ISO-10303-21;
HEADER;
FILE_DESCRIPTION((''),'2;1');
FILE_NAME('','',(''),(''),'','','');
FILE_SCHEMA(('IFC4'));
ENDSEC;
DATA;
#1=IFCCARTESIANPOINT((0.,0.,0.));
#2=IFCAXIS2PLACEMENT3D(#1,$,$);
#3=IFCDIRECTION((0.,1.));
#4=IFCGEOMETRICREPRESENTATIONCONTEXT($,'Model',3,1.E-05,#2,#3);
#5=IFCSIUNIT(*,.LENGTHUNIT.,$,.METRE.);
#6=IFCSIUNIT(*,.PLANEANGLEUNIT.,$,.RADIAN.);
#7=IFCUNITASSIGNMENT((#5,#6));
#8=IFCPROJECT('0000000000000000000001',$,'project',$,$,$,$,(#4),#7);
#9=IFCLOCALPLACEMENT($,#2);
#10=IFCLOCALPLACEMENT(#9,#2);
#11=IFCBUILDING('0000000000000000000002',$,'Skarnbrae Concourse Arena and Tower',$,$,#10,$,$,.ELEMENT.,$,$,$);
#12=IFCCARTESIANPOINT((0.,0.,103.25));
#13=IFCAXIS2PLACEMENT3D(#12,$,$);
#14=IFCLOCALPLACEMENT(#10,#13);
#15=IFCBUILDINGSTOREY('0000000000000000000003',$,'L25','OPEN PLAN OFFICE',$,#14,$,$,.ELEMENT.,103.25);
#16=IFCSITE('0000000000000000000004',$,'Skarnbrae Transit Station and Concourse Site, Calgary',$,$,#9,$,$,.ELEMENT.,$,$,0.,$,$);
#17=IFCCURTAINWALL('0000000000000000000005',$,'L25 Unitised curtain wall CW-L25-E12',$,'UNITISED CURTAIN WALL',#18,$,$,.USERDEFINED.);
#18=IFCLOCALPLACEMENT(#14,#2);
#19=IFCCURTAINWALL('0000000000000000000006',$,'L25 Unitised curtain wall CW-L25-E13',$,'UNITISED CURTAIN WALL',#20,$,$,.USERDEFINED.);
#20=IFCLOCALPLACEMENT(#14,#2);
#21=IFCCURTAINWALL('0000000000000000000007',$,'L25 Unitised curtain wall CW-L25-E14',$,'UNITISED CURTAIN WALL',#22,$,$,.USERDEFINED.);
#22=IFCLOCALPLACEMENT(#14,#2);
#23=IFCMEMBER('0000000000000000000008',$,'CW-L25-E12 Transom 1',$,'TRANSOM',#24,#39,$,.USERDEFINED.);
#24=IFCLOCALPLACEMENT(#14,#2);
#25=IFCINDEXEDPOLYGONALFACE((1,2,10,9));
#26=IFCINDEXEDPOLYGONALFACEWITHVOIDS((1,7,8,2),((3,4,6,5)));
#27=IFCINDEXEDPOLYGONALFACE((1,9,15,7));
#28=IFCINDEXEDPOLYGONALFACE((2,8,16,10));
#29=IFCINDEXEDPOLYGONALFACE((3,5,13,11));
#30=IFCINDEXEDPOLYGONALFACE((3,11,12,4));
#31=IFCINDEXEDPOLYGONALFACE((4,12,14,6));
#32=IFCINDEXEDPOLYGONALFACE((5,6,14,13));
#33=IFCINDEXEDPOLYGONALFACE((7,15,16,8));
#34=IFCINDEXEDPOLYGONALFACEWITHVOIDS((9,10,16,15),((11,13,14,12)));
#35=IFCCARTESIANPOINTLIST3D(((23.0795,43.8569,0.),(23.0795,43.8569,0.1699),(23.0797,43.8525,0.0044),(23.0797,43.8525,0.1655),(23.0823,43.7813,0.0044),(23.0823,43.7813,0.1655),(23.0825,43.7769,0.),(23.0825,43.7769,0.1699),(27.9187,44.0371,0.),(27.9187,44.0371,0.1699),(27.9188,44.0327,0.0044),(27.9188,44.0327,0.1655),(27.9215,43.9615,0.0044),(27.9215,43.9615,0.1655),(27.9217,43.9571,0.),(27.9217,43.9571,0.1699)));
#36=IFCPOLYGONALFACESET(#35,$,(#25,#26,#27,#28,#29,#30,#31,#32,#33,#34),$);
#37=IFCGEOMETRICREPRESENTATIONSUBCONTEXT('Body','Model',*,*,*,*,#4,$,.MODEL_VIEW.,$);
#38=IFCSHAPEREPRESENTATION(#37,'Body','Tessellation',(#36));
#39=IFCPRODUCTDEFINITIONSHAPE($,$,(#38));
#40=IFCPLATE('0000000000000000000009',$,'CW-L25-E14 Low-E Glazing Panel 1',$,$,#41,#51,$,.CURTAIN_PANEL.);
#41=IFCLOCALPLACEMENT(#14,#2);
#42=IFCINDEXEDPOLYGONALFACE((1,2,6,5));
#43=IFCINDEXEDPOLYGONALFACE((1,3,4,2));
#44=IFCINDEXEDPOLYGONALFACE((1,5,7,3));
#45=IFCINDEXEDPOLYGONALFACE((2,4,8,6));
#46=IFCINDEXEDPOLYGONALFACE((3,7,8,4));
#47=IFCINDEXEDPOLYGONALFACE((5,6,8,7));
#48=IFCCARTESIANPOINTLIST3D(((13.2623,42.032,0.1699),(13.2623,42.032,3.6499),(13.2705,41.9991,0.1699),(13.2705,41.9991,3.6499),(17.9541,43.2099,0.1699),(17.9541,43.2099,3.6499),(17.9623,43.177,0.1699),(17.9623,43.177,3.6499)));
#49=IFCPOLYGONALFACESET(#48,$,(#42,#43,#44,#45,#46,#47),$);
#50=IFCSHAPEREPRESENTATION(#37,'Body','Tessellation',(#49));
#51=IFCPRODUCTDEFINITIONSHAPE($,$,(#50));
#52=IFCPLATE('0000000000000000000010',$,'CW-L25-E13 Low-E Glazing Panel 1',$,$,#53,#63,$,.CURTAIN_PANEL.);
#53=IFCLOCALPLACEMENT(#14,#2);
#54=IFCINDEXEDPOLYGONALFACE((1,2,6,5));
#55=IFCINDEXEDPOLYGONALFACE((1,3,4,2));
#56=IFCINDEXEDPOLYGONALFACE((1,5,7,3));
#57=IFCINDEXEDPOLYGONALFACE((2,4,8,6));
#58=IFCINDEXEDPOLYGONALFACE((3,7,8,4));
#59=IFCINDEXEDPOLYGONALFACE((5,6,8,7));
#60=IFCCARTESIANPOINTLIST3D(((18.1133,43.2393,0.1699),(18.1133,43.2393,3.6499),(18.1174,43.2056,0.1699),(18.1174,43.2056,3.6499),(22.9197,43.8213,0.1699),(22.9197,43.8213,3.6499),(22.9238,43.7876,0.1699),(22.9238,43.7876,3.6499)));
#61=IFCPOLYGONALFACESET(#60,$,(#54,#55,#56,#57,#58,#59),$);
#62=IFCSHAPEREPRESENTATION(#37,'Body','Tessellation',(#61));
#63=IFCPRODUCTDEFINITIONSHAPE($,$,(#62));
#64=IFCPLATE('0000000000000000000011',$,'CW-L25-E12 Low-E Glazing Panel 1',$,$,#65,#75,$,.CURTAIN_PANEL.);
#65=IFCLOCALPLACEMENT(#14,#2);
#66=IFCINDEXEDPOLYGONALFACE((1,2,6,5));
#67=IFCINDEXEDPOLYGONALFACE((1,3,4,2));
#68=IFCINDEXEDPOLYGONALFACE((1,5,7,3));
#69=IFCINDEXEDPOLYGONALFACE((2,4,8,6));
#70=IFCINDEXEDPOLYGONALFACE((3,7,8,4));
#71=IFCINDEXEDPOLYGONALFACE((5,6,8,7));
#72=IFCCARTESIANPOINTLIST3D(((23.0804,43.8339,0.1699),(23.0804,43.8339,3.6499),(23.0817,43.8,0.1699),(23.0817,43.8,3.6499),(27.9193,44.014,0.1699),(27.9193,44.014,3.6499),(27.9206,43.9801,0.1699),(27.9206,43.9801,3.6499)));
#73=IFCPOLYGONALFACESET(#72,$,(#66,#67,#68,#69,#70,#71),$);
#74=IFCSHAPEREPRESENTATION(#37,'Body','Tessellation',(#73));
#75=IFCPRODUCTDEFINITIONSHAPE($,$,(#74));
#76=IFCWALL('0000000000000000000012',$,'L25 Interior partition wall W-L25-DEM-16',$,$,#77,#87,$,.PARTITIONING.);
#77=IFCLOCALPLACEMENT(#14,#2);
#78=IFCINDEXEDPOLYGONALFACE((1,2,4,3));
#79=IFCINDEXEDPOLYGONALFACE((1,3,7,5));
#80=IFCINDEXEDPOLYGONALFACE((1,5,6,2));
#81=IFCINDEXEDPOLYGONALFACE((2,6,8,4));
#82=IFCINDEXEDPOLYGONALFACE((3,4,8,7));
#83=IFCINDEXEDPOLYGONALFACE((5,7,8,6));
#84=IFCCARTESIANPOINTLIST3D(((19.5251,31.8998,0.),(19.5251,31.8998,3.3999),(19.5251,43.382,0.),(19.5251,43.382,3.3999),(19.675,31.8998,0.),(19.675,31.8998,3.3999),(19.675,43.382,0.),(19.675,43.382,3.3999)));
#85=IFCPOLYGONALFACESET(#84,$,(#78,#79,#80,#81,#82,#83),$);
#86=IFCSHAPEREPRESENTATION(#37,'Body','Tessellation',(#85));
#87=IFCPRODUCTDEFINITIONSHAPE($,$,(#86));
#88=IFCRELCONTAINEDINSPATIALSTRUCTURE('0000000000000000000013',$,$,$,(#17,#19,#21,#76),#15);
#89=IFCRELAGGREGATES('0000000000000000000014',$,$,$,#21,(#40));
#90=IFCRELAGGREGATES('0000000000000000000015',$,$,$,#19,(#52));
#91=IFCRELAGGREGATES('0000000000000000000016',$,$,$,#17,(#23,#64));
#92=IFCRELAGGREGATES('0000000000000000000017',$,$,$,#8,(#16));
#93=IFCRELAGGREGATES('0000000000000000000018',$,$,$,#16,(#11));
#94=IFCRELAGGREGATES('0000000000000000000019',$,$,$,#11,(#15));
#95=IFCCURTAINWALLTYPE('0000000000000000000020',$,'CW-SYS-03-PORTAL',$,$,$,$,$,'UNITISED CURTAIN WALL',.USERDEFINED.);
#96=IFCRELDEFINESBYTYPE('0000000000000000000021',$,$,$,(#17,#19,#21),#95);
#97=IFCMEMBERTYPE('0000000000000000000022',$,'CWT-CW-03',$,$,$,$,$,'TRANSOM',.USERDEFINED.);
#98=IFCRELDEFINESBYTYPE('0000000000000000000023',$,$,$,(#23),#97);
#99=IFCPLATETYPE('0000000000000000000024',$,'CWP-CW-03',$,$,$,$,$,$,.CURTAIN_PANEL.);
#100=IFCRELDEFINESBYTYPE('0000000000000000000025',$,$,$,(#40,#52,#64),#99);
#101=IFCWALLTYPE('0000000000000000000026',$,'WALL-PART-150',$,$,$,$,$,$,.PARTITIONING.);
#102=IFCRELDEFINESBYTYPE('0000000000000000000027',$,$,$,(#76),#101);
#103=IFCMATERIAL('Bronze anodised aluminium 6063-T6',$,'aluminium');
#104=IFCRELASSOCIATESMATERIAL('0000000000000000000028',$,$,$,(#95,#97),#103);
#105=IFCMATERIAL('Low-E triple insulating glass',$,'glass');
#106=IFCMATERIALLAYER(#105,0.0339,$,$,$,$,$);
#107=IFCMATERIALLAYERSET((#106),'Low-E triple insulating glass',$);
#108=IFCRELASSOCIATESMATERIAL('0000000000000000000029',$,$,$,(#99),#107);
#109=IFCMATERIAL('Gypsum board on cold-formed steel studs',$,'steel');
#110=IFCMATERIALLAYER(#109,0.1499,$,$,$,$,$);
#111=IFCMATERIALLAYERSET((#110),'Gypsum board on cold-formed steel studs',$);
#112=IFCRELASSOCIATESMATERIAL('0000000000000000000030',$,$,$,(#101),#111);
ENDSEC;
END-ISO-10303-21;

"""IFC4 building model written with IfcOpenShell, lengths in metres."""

from ifc_helpers import new_model, si_unit, direction, frame, frame_2d, origin, origin_2d, place, context, subcontext, project, spatial, rectangle, hollow_rectangle, extrude, source, transform, mapped, material, layer, layer_set, material_profile, profile_set, type_object, element, aggregate, save


model = new_model("IFC4")

# Units and contexts
model_context = context("Model", 3, precision=1e-05, world=origin(), true_north=direction((0.0, 1.0)))
body_context = subcontext(model_context, "Body", "Model", "MODEL_VIEW")
ifc_project = project(units=[si_unit("LENGTHUNIT", "METRE"), si_unit("PLANEANGLEUNIT", "RADIAN")], contexts=[model_context])

# Site, building, storey
site_placement = place(None, origin())
site = spatial("IfcSite", under=ifc_project, at=site_placement, Name="Skarnbrae Transit Station and Concourse Site, Calgary", CompositionType="ELEMENT", RefElevation=0.0)
building_placement = place(site_placement, origin())
building = spatial("IfcBuilding", under=site, at=building_placement, Name="Skarnbrae Concourse Arena and Tower", CompositionType="ELEMENT")
storey_placement = place(building_placement, frame((0.0, 0.0, 103.25)))
storey = spatial("IfcBuildingStorey", under=building, at=storey_placement, Name="L25", Description="OPEN PLAN OFFICE", CompositionType="ELEMENT", Elevation=103.25)

# Curtain walls
ifc_material_1 = material(Name="Bronze anodised aluminium 6063-T6", Category="aluminium")
curtain_wall_type = type_object("IfcCurtainWallType", Name="CW-SYS-03-PORTAL", ElementType="UNITISED CURTAIN WALL", PredefinedType="USERDEFINED", material=ifc_material_1)
curtain_wall_1_placement = place(storey_placement, origin())
curtain_wall_1 = element("IfcCurtainWall", 1, at=curtain_wall_1_placement, inside=storey, type_object=curtain_wall_type, Name="L25 Unitised curtain wall CW-L25-E12", ObjectType="UNITISED CURTAIN WALL", PredefinedType="USERDEFINED")
curtain_wall_2_placement = place(storey_placement, origin())
curtain_wall_2 = element("IfcCurtainWall", 2, at=curtain_wall_2_placement, inside=storey, type_object=curtain_wall_type, Name="L25 Unitised curtain wall CW-L25-E13", ObjectType="UNITISED CURTAIN WALL", PredefinedType="USERDEFINED")
curtain_wall_3_placement = place(storey_placement, origin())
curtain_wall_3 = element("IfcCurtainWall", 3, at=curtain_wall_3_placement, inside=storey, type_object=curtain_wall_type, Name="L25 Unitised curtain wall CW-L25-E14", ObjectType="UNITISED CURTAIN WALL", PredefinedType="USERDEFINED")
ifc_material_profile_1 = material_profile(ifc_material_1, hollow_rectangle(XDim=0.0801, YDim=0.1699, WallThickness=0.0044, at=origin_2d()), Name="ALU-TRAN-80X170")
ifc_profile_set_1 = profile_set([ifc_material_profile_1], Name="Bronze anodised aluminium 6063-T6")
member_type_1 = type_object("IfcMemberType", Name="CWT-CW-03", ElementType="TRANSOM", PredefinedType="USERDEFINED", material=ifc_profile_set_1)

# Member
shared_shape_1 = source(origin(), body_context, "Body", "SweptSolid", [
    extrude(hollow_rectangle(XDim=0.0801, YDim=0.1699, WallThickness=0.0044, at=origin_2d()), origin(), (0.0, 0.0, 1.0), 4.8425),
])
member_1_placement = place(storey_placement, frame((27.9202, 43.9971, 0.085), z_axis=(-0.999308, -0.037207, 0.0), x_axis=(0.037207, -0.999308, 0.0)))
member_1 = element("IfcMember", 4, at=member_1_placement, type_object=member_type_1, Name="CW-L25-E12 Transom 1", ObjectType="TRANSOM", PredefinedType="USERDEFINED", context=body_context, shape_type="MappedRepresentation", body=[
    mapped(shared_shape_1, transform((0.0, 0.0, 0.0))),
])

# Plates
ifc_material_2 = material(Name="Low-E triple insulating glass", Category="glass")
ifc_layer_1 = layer(ifc_material_2, 0.0339)
ifc_layer_set_1 = layer_set([ifc_layer_1], Name="Low-E triple insulating glass")
plate_type = type_object("IfcPlateType", Name="CWP-CW-03", PredefinedType="CURTAIN_PANEL", material=ifc_layer_set_1)
shared_shape_2 = source(origin(), body_context, "Body", "SweptSolid", [
    extrude(rectangle(XDim=4.8374, YDim=0.0339, at=origin_2d()), origin(), (0.0, 0.0, 1.0), 3.48),
])
plate_1_placement = place(storey_placement, frame((15.6123, 42.6045, 0.1699), z_axis=(0.0, 0.0, 1.0), x_axis=(-0.969903, -0.243491, 0.0)))
plate_1 = element("IfcPlate", 5, at=plate_1_placement, type_object=plate_type, Name="CW-L25-E14 Low-E Glazing Panel 1", PredefinedType="CURTAIN_PANEL", context=body_context, shape_type="MappedRepresentation", body=[
    mapped(shared_shape_2, transform((0.0, 0.0, 0.0))),
])
aggregate(curtain_wall_3, [plate_1])
shared_shape_3 = source(origin(), body_context, "Body", "SweptSolid", [
    extrude(rectangle(XDim=4.8416, YDim=0.0339, at=origin_2d()), origin(), (0.0, 0.0, 1.0), 3.48),
])
plate_2_placement = place(storey_placement, frame((20.5186, 43.5134, 0.1699), z_axis=(0.0, 0.0, 1.0), x_axis=(-0.992749, -0.120203, 0.0)))
plate_2 = element("IfcPlate", 6, at=plate_2_placement, type_object=plate_type, Name="CW-L25-E13 Low-E Glazing Panel 1", PredefinedType="CURTAIN_PANEL", context=body_context, shape_type="MappedRepresentation", body=[
    mapped(shared_shape_3, transform((0.0, 0.0, 0.0))),
])
aggregate(curtain_wall_2, [plate_2])
shared_shape_4 = source(origin(), body_context, "Body", "SweptSolid", [
    extrude(rectangle(XDim=4.8423, YDim=0.0339, at=origin_2d()), origin(), (0.0, 0.0, 1.0), 3.48),
])
plate_3_placement = place(storey_placement, frame((25.5005, 43.907, 0.1699), z_axis=(0.0, 0.0, 1.0), x_axis=(-0.999308, -0.037183, 0.0)))
plate_3 = element("IfcPlate", 7, at=plate_3_placement, type_object=plate_type, Name="CW-L25-E12 Low-E Glazing Panel 1", PredefinedType="CURTAIN_PANEL", context=body_context, shape_type="MappedRepresentation", body=[
    mapped(shared_shape_4, transform((0.0, 0.0, 0.0))),
])
aggregate(curtain_wall_1, [member_1, plate_3])

# Wall
ifc_material_3 = material(Name="Gypsum board on cold-formed steel studs", Category="steel")
ifc_layer_2 = layer(ifc_material_3, 0.1499)
ifc_layer_set_2 = layer_set([ifc_layer_2], Name="Gypsum board on cold-formed steel studs")
wall_type = type_object("IfcWallType", Name="WALL-PART-150", PredefinedType="PARTITIONING", material=ifc_layer_set_2)
shared_shape_5 = source(origin(), body_context, "Body", "SweptSolid", [
    extrude(rectangle(XDim=11.4822, YDim=0.1499, at=frame_2d((5.7412, 0.0))), origin(), (0.0, 0.0, 1.0), 3.3999),
])
wall_placement = place(storey_placement, frame((19.6001, 43.3821, 0.0), z_axis=(0.0, 0.0, 1.0), x_axis=(0.0, -1.0, 0.0)))
element("IfcWall", 8, at=wall_placement, inside=storey, type_object=wall_type, Name="L25 Interior partition wall W-L25-DEM-16", PredefinedType="PARTITIONING", context=body_context, shape_type="MappedRepresentation", body=[
    mapped(shared_shape_5, transform((0.0, 0.0, 0.0))),
])

save(model, "model.ifc")
